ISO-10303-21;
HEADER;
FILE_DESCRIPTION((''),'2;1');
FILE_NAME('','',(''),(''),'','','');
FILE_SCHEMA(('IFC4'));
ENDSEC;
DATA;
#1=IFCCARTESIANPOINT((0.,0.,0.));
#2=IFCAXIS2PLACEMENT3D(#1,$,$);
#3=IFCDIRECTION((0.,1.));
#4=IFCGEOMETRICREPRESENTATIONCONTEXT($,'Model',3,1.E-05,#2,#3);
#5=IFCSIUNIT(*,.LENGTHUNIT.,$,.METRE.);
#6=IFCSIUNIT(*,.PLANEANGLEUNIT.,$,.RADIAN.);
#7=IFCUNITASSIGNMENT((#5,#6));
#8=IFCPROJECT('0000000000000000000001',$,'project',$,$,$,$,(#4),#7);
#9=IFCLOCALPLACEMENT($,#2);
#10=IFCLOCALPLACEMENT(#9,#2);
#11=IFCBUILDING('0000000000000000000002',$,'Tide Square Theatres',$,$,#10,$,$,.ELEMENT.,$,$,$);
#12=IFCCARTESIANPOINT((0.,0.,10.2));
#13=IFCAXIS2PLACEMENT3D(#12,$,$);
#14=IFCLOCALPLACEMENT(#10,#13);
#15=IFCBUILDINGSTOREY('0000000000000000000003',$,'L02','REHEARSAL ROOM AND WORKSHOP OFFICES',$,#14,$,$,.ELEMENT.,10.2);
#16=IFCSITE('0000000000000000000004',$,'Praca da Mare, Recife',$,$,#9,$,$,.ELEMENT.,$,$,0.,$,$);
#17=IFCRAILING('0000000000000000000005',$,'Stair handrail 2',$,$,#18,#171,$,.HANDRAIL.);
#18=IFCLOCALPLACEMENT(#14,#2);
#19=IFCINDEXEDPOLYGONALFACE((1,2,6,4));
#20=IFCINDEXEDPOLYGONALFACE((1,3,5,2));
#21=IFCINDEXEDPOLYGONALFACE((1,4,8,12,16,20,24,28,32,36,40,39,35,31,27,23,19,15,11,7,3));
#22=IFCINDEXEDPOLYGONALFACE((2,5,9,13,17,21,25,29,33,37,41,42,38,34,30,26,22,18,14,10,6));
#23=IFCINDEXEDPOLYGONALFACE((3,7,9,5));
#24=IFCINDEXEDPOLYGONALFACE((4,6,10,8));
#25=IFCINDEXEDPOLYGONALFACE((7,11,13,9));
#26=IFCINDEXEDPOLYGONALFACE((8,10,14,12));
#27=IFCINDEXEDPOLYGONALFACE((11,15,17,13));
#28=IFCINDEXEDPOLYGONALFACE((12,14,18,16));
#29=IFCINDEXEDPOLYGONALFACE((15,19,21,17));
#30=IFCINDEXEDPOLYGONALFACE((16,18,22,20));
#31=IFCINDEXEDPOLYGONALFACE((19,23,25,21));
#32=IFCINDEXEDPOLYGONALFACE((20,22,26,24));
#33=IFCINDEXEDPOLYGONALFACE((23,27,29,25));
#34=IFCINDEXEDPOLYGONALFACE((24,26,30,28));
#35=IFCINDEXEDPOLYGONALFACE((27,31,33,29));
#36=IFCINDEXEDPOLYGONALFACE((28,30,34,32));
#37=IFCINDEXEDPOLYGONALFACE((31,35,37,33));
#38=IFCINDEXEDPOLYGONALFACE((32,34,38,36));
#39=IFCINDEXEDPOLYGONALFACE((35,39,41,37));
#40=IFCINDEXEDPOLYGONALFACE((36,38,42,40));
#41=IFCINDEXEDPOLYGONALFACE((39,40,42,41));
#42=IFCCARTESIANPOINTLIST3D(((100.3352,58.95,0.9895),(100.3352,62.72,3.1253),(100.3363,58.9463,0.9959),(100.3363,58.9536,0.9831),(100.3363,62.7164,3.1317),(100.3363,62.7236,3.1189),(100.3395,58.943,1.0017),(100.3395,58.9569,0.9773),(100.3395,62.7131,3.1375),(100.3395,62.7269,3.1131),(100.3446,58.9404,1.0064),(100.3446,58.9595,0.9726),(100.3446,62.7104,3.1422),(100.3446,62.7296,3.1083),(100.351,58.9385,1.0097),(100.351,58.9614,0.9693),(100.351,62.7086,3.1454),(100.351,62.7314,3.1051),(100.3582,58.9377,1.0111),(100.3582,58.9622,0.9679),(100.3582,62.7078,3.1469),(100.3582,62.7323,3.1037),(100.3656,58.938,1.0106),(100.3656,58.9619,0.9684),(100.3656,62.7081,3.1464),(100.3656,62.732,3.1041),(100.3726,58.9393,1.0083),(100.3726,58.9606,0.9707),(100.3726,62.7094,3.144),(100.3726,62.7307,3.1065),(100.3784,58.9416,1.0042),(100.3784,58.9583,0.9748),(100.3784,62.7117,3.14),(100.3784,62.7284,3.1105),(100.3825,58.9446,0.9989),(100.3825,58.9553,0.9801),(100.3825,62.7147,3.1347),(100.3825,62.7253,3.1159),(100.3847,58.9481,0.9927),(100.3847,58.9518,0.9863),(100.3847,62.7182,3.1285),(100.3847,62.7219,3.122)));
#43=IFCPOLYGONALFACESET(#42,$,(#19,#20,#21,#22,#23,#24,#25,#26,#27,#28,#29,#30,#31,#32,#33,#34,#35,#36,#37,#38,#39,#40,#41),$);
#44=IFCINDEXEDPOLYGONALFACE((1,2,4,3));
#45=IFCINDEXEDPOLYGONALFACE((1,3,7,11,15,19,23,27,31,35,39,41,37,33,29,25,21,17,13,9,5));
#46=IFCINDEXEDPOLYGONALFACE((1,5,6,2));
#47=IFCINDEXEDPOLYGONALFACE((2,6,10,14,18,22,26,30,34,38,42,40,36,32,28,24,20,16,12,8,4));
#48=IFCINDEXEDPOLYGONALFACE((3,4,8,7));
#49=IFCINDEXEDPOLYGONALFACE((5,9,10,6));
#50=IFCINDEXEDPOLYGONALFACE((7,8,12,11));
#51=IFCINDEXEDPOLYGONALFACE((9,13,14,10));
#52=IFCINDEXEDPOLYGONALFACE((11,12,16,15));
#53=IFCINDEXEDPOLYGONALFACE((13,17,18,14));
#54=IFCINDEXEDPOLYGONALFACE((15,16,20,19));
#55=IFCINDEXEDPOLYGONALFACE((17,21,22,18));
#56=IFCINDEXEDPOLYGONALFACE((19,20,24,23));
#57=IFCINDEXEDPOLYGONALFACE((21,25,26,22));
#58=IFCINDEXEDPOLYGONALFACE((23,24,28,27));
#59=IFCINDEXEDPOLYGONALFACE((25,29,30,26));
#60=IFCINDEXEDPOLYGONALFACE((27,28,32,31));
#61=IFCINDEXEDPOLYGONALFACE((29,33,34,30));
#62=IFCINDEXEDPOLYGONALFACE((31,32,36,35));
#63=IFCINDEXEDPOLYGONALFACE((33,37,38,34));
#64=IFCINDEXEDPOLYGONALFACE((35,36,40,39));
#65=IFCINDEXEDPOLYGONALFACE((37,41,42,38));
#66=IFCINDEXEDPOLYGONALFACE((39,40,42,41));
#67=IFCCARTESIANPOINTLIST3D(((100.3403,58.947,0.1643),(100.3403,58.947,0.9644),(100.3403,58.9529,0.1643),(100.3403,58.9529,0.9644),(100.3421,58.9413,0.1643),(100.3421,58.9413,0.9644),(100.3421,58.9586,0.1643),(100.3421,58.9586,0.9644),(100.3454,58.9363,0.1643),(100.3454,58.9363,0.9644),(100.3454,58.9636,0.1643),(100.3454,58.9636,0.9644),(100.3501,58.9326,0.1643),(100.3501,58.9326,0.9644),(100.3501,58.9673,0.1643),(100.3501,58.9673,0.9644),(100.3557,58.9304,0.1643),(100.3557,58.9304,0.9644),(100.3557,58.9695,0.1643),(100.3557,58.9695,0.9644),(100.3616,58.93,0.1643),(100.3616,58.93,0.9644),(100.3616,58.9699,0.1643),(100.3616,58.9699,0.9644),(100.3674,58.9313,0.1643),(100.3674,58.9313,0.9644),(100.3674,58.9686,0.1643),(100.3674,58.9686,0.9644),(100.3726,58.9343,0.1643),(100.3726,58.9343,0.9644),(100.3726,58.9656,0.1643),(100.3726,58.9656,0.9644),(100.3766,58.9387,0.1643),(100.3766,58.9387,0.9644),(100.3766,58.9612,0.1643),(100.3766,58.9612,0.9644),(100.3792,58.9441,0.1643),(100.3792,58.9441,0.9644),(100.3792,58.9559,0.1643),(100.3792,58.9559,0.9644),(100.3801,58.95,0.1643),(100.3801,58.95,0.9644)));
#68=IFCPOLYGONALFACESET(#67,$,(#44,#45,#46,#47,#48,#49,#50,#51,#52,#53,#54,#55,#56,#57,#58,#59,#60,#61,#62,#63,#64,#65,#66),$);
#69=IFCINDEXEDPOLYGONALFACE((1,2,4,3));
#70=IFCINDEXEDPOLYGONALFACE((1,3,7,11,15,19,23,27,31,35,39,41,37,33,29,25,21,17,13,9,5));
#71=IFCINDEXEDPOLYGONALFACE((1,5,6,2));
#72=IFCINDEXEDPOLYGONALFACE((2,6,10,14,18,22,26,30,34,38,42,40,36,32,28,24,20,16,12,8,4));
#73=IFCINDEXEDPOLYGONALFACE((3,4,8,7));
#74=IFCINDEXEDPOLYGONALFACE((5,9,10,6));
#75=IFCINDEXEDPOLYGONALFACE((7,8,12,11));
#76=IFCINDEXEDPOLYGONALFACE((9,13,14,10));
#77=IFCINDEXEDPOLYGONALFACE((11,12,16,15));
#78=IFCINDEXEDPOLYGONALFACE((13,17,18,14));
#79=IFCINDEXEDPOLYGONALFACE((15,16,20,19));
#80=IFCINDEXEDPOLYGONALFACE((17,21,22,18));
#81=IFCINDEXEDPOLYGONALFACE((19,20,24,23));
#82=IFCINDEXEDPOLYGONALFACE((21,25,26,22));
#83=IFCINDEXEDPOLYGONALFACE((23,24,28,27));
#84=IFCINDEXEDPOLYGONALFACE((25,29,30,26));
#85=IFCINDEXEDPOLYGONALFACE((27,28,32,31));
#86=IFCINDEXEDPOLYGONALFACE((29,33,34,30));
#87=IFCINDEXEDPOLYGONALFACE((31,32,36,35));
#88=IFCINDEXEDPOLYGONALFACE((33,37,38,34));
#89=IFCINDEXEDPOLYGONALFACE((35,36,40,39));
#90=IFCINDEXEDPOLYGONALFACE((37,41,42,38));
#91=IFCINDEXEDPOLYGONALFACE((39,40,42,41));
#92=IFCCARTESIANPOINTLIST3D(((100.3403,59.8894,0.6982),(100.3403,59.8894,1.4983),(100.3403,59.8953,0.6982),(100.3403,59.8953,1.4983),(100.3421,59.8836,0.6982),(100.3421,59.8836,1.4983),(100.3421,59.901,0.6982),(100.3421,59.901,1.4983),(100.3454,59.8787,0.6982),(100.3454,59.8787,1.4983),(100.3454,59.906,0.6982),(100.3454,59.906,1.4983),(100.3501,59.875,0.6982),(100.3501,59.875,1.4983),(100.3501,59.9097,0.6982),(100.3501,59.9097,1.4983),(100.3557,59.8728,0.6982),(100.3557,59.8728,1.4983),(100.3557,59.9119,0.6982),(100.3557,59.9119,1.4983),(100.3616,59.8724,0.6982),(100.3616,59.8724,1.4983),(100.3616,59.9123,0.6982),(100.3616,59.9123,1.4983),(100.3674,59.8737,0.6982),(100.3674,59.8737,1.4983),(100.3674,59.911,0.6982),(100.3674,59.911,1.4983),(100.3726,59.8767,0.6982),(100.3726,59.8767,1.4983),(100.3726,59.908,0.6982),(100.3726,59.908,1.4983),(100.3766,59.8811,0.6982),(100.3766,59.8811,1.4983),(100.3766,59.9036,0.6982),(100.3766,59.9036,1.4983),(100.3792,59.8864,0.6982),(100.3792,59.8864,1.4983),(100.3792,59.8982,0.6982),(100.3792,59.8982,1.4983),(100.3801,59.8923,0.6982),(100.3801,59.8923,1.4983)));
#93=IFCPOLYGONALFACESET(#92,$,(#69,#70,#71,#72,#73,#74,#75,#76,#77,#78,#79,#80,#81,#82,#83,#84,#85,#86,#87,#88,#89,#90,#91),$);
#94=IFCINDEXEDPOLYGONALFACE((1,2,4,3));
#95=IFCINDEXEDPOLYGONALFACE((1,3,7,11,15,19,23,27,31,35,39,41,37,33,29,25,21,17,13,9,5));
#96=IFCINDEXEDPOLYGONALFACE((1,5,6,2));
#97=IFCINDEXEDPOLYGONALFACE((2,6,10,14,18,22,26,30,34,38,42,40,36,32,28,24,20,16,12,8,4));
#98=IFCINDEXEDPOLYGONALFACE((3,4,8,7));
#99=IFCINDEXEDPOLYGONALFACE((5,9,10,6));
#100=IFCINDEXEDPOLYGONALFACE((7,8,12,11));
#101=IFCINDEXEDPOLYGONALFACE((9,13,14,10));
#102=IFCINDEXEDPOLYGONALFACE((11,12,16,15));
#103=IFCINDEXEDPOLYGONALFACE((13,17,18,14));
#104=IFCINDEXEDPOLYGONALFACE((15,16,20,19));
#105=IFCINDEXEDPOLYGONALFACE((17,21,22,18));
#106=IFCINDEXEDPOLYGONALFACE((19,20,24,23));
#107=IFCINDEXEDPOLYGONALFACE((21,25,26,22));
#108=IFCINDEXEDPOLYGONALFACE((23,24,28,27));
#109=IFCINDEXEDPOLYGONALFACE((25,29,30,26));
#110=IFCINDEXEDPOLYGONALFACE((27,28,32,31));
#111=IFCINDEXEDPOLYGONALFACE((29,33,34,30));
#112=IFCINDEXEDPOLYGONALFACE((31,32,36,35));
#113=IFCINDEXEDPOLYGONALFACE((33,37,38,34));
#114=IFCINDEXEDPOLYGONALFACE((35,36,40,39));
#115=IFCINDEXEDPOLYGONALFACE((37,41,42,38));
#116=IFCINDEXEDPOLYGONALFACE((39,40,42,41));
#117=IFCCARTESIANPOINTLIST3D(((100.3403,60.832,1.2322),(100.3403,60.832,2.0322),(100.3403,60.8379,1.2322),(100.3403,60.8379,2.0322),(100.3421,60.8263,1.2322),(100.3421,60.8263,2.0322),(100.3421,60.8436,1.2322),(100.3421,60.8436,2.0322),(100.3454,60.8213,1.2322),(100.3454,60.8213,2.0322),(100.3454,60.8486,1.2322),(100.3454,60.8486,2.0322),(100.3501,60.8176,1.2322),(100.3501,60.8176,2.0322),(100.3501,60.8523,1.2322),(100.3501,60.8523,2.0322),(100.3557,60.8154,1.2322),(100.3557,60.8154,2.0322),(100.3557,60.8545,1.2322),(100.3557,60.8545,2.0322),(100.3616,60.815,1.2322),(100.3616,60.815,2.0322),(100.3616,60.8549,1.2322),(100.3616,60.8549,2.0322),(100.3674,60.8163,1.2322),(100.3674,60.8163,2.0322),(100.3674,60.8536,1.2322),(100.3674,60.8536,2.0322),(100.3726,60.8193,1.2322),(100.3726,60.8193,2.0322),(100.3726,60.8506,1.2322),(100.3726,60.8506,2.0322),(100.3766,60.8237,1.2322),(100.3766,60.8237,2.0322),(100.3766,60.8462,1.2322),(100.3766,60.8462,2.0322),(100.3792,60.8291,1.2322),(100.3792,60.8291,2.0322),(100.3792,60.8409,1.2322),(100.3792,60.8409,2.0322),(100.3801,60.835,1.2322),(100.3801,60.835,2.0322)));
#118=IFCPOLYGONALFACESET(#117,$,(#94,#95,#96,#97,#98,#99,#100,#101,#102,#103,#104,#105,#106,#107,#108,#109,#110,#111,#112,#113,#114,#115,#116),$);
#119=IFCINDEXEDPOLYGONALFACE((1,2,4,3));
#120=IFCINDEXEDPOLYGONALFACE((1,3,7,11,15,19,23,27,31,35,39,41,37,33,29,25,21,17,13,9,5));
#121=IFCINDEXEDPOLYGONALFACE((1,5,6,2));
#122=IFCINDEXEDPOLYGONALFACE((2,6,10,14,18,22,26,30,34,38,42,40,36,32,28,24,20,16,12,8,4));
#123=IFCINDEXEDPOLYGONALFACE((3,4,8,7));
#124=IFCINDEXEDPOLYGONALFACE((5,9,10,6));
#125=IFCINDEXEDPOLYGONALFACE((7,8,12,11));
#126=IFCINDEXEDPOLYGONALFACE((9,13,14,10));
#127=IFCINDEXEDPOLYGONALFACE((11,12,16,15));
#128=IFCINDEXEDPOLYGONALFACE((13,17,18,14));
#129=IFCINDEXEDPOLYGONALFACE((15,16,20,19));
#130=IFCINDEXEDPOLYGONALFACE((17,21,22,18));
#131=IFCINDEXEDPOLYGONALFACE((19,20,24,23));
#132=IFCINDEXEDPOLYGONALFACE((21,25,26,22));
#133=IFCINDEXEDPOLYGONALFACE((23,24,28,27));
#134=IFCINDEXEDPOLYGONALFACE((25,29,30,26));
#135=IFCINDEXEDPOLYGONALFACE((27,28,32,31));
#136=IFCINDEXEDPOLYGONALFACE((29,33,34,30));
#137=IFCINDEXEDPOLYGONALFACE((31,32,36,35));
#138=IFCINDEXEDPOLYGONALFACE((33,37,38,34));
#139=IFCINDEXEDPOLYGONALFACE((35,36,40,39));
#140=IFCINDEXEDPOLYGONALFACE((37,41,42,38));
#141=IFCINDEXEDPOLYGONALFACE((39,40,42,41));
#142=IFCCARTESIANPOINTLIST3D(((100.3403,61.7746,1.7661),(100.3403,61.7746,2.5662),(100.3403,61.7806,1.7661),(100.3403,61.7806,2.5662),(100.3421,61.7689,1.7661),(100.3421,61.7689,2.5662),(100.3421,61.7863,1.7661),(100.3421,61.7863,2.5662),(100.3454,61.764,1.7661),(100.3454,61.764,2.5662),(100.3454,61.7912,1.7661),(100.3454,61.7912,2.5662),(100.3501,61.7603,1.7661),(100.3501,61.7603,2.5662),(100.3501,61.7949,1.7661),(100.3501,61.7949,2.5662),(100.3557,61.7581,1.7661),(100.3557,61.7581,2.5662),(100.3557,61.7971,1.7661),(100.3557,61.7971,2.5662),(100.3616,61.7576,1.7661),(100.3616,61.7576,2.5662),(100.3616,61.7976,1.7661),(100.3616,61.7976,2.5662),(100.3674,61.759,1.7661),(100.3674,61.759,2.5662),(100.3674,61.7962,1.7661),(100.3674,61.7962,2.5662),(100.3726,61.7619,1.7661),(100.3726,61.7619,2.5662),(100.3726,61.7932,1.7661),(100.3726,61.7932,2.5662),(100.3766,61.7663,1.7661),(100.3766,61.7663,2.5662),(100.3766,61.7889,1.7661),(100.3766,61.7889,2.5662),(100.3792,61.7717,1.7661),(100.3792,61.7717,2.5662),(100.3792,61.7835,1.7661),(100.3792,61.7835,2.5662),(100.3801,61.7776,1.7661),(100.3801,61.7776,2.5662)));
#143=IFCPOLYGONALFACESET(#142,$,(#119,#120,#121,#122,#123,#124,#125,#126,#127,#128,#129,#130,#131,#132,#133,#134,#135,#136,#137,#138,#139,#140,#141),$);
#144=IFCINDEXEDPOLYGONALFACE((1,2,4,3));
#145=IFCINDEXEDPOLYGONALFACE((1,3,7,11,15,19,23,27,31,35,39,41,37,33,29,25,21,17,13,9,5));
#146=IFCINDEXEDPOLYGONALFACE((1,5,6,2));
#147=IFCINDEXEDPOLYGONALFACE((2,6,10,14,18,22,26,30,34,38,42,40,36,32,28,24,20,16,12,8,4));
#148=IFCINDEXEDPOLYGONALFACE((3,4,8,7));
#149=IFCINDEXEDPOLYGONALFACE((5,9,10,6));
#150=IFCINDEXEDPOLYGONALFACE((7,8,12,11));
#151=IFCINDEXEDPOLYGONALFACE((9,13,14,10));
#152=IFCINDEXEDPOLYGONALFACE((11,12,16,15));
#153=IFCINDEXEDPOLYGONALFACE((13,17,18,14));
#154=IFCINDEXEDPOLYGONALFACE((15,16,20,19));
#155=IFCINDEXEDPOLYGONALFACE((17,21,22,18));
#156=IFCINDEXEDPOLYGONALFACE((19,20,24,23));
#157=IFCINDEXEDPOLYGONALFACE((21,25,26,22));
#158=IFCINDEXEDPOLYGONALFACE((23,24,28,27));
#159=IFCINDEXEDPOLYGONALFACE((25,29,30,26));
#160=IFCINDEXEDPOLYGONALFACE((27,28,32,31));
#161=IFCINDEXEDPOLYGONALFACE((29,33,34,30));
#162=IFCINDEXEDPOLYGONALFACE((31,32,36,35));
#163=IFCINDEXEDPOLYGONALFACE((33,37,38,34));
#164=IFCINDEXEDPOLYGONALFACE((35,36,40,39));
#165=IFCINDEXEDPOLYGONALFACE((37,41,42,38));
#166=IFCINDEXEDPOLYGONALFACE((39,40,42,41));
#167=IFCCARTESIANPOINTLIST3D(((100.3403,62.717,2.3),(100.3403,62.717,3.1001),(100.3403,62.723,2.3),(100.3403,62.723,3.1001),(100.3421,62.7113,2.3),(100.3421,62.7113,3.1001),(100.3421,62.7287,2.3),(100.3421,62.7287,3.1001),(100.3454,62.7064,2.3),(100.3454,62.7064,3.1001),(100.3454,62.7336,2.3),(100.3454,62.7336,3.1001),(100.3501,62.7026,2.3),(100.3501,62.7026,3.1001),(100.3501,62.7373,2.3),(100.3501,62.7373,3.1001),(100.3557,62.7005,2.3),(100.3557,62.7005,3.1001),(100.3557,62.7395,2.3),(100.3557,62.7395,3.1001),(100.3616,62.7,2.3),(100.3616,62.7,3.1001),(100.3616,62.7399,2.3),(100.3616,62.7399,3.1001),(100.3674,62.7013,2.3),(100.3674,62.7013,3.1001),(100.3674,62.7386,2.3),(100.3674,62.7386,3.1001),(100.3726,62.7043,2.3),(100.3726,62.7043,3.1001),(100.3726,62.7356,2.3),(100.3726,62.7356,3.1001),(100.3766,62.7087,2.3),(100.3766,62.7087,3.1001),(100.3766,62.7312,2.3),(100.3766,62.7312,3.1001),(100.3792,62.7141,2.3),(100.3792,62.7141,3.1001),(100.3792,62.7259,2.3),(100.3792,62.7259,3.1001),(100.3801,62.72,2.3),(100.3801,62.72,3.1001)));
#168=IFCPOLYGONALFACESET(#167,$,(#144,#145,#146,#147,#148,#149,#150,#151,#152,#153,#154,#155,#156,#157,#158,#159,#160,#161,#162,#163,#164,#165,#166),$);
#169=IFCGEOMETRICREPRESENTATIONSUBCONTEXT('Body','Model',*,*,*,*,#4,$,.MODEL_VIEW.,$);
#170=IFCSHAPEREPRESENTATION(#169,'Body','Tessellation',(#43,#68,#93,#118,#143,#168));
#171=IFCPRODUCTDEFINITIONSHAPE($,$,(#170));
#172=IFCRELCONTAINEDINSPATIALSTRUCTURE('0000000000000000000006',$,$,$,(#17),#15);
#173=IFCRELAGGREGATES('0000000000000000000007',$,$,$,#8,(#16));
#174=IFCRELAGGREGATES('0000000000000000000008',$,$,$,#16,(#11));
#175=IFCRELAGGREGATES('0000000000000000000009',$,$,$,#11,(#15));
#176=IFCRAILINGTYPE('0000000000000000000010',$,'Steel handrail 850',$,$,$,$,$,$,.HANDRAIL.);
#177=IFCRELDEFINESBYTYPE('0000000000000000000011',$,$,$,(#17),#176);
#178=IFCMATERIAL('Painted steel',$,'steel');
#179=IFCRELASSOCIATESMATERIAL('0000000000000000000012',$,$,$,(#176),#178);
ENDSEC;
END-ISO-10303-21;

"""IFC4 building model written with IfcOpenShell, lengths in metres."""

from ifc_helpers import new_model, si_unit, direction, frame, origin, origin_2d, place, context, subcontext, project, spatial, circle, extrude, material, type_object, element, save


model = new_model("IFC4")

# Units and contexts
model_context = context("Model", 3, precision=1e-05, world=origin(), true_north=direction((0.0, 1.0)))
body_context = subcontext(model_context, "Body", "Model", "MODEL_VIEW")
ifc_project = project(units=[si_unit("LENGTHUNIT", "METRE"), si_unit("PLANEANGLEUNIT", "RADIAN")], contexts=[model_context])

# Site, building, storey
site_placement = place(None, origin())
site = spatial("IfcSite", under=ifc_project, at=site_placement, Name="Praca da Mare, Recife", CompositionType="ELEMENT", RefElevation=0.0)
building_placement = place(site_placement, origin())
building = spatial("IfcBuilding", under=site, at=building_placement, Name="Tide Square Theatres", CompositionType="ELEMENT")
storey_placement = place(building_placement, frame((0.0, 0.0, 10.2)))
storey = spatial("IfcBuildingStorey", under=building, at=storey_placement, Name="L02", Description="REHEARSAL ROOM AND WORKSHOP OFFICES", CompositionType="ELEMENT", Elevation=10.2)

# Railing
ifc_material_1 = material(Name="Painted steel", Category="steel")
railing_type = type_object("IfcRailingType", Name="Steel handrail 850", PredefinedType="HANDRAIL", material=ifc_material_1)
for number, where, name in (
    (1, (100.3601, 58.95, 0.1643), "Stair handrail 2"),
):
    element("IfcRailing", number, at=place(storey_placement, frame(where)), inside=storey, type_object=railing_type, Name=name, PredefinedType="HANDRAIL", context=body_context, shape_type="SweptSolid", body=[
        extrude(circle(Radius=0.0249, at=origin_2d()), frame((0.0, 0.0, 0.8252), z_axis=(0.0, 0.870082, 0.492907), x_axis=(-1.0, 0.0, 0.0)), (0.0, 0.0, 1.0), 4.333),
        extrude(circle(Radius=0.02, at=origin_2d()), origin(), (0.0, 0.0, 1.0), 0.8),
        extrude(circle(Radius=0.02, at=origin_2d()), frame((0.0, 0.9424, 0.5339)), (0.0, 0.0, 1.0), 0.8),
        extrude(circle(Radius=0.02, at=origin_2d()), frame((0.0, 1.885, 1.0679)), (0.0, 0.0, 1.0), 0.8),
        extrude(circle(Radius=0.02, at=origin_2d()), frame((0.0, 2.8276, 1.6018)), (0.0, 0.0, 1.0), 0.8),
        extrude(circle(Radius=0.02, at=origin_2d()), frame((0.0, 3.77, 2.1357)), (0.0, 0.0, 1.0), 0.8),
    ])

save(model, "model.ifc")
